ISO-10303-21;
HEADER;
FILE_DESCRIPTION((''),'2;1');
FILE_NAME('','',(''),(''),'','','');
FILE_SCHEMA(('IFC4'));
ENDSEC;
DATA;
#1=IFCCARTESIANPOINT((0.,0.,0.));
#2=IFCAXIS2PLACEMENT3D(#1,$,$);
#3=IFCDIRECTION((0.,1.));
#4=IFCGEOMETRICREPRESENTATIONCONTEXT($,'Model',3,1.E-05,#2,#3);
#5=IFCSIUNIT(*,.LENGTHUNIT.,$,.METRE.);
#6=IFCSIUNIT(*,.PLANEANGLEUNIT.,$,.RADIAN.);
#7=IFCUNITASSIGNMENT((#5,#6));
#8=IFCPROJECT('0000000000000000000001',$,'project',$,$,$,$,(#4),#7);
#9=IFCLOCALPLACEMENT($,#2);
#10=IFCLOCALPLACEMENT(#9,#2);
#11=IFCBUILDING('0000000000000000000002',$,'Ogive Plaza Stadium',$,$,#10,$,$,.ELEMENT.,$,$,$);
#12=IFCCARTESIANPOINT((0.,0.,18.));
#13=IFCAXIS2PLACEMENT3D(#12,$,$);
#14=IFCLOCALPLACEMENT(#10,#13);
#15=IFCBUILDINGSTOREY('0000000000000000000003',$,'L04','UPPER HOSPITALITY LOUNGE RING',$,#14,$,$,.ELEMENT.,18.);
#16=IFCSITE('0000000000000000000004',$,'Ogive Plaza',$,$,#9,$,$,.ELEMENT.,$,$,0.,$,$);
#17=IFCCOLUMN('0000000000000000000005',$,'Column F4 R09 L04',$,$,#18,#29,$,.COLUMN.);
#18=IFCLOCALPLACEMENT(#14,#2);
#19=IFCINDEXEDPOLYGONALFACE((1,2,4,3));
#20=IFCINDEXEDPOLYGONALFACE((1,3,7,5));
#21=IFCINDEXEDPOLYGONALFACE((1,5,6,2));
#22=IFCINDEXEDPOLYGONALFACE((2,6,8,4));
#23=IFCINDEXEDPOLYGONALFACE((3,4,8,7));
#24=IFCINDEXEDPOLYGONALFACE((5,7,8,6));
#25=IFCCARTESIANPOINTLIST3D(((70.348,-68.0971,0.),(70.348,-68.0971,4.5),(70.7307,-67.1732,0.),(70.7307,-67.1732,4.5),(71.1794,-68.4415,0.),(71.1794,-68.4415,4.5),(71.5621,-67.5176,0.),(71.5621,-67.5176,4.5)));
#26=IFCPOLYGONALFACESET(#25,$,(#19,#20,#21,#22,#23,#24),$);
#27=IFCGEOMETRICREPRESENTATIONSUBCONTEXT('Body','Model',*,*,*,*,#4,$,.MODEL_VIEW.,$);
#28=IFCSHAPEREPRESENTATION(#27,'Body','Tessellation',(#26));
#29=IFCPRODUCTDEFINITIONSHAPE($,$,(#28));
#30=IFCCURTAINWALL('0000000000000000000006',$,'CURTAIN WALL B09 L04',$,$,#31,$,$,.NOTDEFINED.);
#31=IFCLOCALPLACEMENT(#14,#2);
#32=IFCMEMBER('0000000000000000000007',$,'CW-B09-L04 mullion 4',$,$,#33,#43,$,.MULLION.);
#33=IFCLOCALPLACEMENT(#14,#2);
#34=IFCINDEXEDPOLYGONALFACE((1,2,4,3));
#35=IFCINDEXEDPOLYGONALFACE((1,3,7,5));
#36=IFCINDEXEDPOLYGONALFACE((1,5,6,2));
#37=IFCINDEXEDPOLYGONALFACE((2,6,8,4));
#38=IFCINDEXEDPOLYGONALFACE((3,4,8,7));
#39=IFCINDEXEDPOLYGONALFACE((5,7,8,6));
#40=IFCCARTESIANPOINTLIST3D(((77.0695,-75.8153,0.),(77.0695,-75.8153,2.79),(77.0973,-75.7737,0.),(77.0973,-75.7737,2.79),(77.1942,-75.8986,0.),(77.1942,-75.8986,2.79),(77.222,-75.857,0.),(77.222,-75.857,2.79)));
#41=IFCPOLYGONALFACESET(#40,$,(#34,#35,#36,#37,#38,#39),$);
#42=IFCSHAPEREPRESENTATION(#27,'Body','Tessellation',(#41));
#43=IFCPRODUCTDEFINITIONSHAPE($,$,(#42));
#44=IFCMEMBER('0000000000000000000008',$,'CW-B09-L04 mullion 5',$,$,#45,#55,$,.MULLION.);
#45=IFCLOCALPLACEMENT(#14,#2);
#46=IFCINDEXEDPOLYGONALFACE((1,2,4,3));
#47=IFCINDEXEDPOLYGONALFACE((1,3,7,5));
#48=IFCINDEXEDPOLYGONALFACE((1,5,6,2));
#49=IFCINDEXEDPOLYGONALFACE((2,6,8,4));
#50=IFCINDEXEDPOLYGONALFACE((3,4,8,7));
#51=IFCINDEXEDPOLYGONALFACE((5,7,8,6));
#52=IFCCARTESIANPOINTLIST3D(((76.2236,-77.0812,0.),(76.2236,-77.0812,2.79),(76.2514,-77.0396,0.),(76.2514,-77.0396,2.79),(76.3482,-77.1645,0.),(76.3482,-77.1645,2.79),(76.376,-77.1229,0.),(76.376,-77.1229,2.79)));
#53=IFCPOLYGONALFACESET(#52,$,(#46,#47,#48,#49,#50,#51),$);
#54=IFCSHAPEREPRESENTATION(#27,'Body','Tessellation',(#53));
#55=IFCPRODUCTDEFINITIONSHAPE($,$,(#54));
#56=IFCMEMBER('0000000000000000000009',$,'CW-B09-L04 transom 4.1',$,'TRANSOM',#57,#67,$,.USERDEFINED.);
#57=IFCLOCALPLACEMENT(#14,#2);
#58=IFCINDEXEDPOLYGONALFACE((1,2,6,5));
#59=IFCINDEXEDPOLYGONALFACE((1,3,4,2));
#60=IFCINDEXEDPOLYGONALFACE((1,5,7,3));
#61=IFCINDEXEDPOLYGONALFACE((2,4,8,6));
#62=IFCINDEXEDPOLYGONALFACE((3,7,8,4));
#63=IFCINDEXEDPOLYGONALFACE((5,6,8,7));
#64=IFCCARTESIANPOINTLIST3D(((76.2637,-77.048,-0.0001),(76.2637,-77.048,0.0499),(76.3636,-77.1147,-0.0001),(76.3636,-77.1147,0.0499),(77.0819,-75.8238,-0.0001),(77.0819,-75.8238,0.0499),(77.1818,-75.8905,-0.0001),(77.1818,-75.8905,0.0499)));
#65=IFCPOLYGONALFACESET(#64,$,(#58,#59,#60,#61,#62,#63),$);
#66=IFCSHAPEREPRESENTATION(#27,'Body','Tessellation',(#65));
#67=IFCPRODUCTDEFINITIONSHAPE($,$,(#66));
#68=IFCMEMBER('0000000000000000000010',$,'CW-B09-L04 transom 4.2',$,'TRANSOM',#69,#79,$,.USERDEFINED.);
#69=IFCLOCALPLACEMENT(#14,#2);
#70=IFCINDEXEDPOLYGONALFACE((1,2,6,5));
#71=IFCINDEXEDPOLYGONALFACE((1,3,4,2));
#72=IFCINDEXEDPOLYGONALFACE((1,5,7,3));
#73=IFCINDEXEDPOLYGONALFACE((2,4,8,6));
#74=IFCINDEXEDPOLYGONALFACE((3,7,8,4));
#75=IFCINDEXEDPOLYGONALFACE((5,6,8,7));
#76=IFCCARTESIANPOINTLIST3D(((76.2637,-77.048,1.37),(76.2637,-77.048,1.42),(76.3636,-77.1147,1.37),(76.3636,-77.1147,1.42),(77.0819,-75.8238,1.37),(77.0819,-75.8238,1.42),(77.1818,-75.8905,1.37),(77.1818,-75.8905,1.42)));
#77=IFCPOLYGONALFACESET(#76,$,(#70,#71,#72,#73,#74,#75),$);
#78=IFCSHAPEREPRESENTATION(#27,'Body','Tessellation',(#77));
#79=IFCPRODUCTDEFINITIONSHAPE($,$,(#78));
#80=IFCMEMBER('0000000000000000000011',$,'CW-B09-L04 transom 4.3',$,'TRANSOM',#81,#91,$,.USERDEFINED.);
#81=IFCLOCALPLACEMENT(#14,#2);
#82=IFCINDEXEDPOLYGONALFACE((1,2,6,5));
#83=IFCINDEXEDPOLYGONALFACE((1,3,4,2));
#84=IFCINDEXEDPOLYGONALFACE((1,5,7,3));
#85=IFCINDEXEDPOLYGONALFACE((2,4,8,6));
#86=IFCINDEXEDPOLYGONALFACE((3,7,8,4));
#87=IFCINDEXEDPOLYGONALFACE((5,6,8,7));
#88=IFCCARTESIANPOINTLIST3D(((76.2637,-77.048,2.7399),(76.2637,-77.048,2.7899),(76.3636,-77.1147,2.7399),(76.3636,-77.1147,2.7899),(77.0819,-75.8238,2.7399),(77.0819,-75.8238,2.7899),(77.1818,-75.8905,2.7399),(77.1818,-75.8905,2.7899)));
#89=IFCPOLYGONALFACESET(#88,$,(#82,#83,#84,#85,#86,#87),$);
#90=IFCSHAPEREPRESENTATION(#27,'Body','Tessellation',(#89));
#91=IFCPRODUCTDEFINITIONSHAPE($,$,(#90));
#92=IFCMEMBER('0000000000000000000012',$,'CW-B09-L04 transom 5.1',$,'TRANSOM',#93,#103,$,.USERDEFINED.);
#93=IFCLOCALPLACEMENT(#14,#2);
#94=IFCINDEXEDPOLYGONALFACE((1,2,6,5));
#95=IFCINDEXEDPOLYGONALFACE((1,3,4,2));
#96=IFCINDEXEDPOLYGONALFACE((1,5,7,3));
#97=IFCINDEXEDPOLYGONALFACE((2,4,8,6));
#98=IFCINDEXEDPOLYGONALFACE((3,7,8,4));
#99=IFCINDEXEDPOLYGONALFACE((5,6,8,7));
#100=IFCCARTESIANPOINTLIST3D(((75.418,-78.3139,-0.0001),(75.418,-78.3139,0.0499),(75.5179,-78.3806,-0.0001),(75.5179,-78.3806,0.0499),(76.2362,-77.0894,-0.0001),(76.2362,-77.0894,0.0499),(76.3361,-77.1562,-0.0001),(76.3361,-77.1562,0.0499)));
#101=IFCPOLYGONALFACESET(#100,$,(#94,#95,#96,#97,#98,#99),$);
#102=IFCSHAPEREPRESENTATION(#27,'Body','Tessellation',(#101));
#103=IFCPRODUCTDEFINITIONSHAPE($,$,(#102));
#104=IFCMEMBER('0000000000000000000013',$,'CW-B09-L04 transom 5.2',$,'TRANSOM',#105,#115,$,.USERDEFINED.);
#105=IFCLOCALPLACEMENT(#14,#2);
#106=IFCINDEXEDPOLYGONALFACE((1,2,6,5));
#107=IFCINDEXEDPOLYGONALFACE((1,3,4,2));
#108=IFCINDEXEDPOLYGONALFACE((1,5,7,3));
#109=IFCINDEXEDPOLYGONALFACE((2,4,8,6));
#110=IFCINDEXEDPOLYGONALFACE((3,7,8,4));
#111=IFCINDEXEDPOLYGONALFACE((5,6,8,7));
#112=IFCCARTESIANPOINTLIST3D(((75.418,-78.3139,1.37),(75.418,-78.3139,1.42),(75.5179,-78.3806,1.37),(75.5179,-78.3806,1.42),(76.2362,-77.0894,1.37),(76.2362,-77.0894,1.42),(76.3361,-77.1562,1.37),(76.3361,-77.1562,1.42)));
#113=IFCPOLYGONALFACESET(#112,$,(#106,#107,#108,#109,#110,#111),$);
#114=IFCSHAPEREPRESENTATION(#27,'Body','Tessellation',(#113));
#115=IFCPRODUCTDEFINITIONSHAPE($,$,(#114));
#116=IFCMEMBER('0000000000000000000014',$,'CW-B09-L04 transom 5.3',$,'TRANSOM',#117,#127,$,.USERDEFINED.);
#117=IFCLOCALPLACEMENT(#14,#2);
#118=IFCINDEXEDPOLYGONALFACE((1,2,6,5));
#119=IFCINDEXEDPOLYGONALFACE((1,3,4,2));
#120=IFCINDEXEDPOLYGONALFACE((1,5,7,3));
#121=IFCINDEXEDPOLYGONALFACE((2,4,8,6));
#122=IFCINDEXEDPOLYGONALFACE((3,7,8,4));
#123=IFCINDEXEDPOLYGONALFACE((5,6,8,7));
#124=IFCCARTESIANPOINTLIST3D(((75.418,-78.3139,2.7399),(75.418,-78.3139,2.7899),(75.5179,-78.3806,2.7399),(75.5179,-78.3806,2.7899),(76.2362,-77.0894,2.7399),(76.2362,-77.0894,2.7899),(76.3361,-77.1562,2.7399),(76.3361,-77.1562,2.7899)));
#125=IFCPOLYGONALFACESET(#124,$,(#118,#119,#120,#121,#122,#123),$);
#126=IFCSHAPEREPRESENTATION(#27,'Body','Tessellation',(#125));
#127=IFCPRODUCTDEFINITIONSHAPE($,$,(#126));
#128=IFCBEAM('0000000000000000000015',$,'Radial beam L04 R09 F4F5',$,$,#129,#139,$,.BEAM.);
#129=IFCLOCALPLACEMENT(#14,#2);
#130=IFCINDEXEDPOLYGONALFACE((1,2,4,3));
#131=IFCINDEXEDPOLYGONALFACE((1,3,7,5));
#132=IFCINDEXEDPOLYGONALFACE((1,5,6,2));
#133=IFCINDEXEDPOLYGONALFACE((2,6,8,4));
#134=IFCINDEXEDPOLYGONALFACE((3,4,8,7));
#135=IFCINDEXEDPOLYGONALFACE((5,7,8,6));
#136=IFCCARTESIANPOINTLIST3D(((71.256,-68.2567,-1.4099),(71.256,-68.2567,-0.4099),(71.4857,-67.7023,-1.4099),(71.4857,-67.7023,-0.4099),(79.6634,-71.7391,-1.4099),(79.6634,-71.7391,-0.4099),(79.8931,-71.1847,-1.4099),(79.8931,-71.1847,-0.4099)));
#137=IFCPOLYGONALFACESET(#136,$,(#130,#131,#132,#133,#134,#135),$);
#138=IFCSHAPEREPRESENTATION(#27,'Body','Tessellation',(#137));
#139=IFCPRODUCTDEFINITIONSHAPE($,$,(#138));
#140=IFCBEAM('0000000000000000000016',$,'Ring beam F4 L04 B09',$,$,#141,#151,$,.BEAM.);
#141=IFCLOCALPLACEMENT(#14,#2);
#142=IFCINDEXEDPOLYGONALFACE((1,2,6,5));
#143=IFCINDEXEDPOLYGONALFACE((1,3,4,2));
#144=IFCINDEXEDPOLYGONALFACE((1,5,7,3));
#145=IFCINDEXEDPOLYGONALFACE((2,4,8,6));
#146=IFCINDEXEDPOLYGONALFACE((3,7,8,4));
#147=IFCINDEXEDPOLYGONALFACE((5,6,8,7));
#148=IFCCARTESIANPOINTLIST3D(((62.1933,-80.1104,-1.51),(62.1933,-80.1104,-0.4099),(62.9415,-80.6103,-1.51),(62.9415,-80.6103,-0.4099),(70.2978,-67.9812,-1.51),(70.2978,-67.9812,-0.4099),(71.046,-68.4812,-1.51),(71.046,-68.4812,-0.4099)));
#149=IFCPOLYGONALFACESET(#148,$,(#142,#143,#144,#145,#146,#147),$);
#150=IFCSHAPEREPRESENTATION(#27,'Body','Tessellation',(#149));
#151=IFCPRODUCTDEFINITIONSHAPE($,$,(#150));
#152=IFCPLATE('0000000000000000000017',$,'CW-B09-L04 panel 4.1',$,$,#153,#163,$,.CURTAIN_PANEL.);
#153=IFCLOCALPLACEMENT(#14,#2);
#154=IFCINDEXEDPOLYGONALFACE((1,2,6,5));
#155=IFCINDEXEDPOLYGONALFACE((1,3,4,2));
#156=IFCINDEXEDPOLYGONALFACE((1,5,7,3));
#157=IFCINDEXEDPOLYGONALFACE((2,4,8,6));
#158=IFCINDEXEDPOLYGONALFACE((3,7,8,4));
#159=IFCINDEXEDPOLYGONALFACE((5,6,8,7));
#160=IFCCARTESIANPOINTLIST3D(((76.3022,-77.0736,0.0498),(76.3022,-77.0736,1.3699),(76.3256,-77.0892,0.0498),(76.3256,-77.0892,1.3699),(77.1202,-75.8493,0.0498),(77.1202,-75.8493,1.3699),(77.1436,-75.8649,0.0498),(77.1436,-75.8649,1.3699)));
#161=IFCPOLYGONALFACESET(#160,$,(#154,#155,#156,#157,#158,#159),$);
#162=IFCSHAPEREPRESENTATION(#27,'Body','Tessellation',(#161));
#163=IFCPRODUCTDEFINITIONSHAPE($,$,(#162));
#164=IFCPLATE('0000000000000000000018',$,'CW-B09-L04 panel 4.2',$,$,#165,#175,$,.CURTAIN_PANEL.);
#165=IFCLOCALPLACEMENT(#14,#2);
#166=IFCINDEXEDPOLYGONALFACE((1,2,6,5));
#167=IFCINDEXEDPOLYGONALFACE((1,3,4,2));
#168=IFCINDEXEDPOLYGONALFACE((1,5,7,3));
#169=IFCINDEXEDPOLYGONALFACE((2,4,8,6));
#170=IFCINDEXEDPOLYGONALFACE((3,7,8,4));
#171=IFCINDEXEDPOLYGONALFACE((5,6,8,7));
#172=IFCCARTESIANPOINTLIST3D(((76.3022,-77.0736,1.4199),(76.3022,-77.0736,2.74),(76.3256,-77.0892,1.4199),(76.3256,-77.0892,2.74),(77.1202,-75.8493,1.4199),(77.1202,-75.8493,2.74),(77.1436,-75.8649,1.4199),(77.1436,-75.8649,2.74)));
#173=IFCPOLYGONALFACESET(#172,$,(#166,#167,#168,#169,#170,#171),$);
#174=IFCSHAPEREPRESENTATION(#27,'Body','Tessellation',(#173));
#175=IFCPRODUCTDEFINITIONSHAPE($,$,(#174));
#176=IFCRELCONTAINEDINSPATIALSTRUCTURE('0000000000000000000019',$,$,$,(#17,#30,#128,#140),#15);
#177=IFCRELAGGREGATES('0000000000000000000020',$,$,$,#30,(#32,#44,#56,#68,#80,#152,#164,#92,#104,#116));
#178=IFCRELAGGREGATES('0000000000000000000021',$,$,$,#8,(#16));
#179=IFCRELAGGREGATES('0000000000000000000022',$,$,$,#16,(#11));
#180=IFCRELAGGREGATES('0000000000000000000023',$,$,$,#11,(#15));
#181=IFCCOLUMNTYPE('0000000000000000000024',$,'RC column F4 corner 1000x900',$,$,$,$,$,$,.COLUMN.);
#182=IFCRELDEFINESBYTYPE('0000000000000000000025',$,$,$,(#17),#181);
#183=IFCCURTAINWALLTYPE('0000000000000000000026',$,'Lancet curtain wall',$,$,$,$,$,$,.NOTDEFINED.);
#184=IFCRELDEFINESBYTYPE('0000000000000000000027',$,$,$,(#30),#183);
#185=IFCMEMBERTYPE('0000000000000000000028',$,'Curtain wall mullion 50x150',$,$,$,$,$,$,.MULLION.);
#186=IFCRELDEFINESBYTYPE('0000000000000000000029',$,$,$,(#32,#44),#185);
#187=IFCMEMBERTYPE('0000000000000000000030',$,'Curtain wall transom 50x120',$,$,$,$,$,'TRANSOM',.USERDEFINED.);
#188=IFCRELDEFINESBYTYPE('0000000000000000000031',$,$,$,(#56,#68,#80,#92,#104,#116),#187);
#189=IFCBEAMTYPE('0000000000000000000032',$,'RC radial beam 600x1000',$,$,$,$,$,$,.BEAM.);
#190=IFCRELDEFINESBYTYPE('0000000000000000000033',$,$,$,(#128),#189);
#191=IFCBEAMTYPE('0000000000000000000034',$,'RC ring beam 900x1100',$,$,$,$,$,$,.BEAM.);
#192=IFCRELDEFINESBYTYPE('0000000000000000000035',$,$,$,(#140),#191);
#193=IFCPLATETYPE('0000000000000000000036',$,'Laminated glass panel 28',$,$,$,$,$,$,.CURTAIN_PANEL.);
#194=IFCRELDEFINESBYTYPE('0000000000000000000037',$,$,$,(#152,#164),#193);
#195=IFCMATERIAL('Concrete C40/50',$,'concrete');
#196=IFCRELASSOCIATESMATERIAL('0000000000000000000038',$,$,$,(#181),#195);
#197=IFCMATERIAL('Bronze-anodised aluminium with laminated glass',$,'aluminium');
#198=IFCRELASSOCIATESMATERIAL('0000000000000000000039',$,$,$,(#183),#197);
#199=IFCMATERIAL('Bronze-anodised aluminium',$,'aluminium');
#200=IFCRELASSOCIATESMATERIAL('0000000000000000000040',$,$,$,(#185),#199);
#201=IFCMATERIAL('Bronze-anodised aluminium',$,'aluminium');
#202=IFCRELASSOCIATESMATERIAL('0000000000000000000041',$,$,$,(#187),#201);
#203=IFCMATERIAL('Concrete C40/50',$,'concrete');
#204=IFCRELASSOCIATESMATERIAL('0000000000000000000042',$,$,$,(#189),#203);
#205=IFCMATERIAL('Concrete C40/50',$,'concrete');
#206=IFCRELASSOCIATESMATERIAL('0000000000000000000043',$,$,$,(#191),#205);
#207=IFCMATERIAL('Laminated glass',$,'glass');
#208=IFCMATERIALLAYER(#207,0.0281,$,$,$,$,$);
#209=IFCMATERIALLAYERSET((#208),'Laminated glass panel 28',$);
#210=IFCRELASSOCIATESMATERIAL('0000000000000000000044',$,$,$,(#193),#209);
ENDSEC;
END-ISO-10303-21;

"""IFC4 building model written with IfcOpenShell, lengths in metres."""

from ifc_helpers import new_model, si_unit, direction, frame, origin, origin_2d, place, context, subcontext, project, spatial, rectangle, extrude, material, layer, layer_set, material_profile, profile_set, type_object, element, aggregate, save


model = new_model("IFC4")

# Units and contexts
model_context = context("Model", 3, precision=1e-05, world=origin(), true_north=direction((0.0, 1.0)))
body_context = subcontext(model_context, "Body", "Model", "MODEL_VIEW")
ifc_project = project(units=[si_unit("LENGTHUNIT", "METRE"), si_unit("PLANEANGLEUNIT", "RADIAN")], contexts=[model_context])

# Site, building, storey
site_placement = place(None, origin())
site = spatial("IfcSite", under=ifc_project, at=site_placement, Name="Ogive Plaza", CompositionType="ELEMENT", RefElevation=0.0)
building_placement = place(site_placement, origin())
building = spatial("IfcBuilding", under=site, at=building_placement, Name="Ogive Plaza Stadium", CompositionType="ELEMENT")
storey_placement = place(building_placement, frame((0.0, 0.0, 18.0)))
storey = spatial("IfcBuildingStorey", under=building, at=storey_placement, Name="L04", Description="UPPER HOSPITALITY LOUNGE RING", CompositionType="ELEMENT", Elevation=18.0)

# Column
ifc_material_1 = material(Name="Concrete C40/50", Category="concrete")
ifc_material_profile_1 = material_profile(ifc_material_1, rectangle(XDim=1.0, YDim=0.8999, at=origin_2d()), Name="RC 1000x900")
ifc_profile_set_1 = profile_set([ifc_material_profile_1], Name="Concrete C40/50")
column_type = type_object("IfcColumnType", Name="RC column F4 corner 1000x900", PredefinedType="COLUMN", material=ifc_profile_set_1)
column_placement = place(storey_placement, frame((70.9551, -67.8074, 0.0), z_axis=(0.0, 0.0, 1.0), x_axis=(0.382683, 0.92388, 0.0)))
element("IfcColumn", 1, at=column_placement, inside=storey, type_object=column_type, Name="Column F4 R09 L04", PredefinedType="COLUMN", context=body_context, shape_type="SweptSolid", body=[
    extrude(rectangle(XDim=1.0, YDim=0.8999, at=origin_2d()), origin(), (0.0, 0.0, 1.0), 4.5),
])

# Curtain wall, members
ifc_material_2 = material(Name="Bronze-anodised aluminium with laminated glass", Category="aluminium")
curtain_wall_type = type_object("IfcCurtainWallType", Name="Lancet curtain wall", PredefinedType="NOTDEFINED", material=ifc_material_2)
curtain_wall_placement = place(storey_placement, origin())
curtain_wall = element("IfcCurtainWall", 2, at=curtain_wall_placement, inside=storey, type_object=curtain_wall_type, Name="CURTAIN WALL B09 L04", PredefinedType="NOTDEFINED")
ifc_material_3 = material(Name="Bronze-anodised aluminium", Category="aluminium")
ifc_material_profile_2 = material_profile(ifc_material_3, rectangle(XDim=0.1499, YDim=0.05, at=origin_2d()), Name="AL 150x50")
ifc_profile_set_2 = profile_set([ifc_material_profile_2], Name="Bronze-anodised aluminium")
member_type_1 = type_object("IfcMemberType", Name="Curtain wall mullion 50x150", PredefinedType="MULLION", material=ifc_profile_set_2)
member_1_placement = place(storey_placement, frame((77.1458, -75.8362, 0.0), z_axis=(0.0, 0.0, 1.0), x_axis=(0.83147, -0.55557, 0.0)))
member_1 = element("IfcMember", 3, at=member_1_placement, type_object=member_type_1, Name="CW-B09-L04 mullion 4", PredefinedType="MULLION", context=body_context, shape_type="SweptSolid", body=[
    extrude(rectangle(XDim=0.1499, YDim=0.05, at=origin_2d()), origin(), (0.0, 0.0, 1.0), 2.79),
])
member_2_placement = place(storey_placement, frame((76.2998, -77.1021, 0.0), z_axis=(0.0, 0.0, 1.0), x_axis=(0.83147, -0.55557, 0.0)))
member_2 = element("IfcMember", 4, at=member_2_placement, type_object=member_type_1, Name="CW-B09-L04 mullion 5", PredefinedType="MULLION", context=body_context, shape_type="SweptSolid", body=[
    extrude(rectangle(XDim=0.1499, YDim=0.05, at=origin_2d()), origin(), (0.0, 0.0, 1.0), 2.79),
])
ifc_material_4 = material(Name="Bronze-anodised aluminium", Category="aluminium")
ifc_material_profile_3 = material_profile(ifc_material_4, rectangle(XDim=0.1201, YDim=0.05, at=origin_2d()), Name="AL 120x50")
ifc_profile_set_3 = profile_set([ifc_material_profile_3], Name="Bronze-anodised aluminium")
member_type_2 = type_object("IfcMemberType", Name="Curtain wall transom 50x120", ElementType="TRANSOM", PredefinedType="USERDEFINED", material=ifc_profile_set_3)
member_3_placement = place(storey_placement, frame((77.1318, -75.8572, 0.0249), z_axis=(-0.555656, -0.831412, 0.0), x_axis=(0.831412, -0.555656, 0.0)))
member_3 = element("IfcMember", 5, at=member_3_placement, type_object=member_type_2, Name="CW-B09-L04 transom 4.1", ObjectType="TRANSOM", PredefinedType="USERDEFINED", context=body_context, shape_type="SweptSolid", body=[
    extrude(rectangle(XDim=0.1201, YDim=0.05, at=origin_2d()), origin(), (0.0, 0.0, 1.0), 1.4724),
])
member_4_placement = place(storey_placement, frame((77.1318, -75.8572, 1.395), z_axis=(-0.555656, -0.831412, 0.0), x_axis=(0.831412, -0.555656, 0.0)))
member_4 = element("IfcMember", 6, at=member_4_placement, type_object=member_type_2, Name="CW-B09-L04 transom 4.2", ObjectType="TRANSOM", PredefinedType="USERDEFINED", context=body_context, shape_type="SweptSolid", body=[
    extrude(rectangle(XDim=0.1201, YDim=0.05, at=origin_2d()), origin(), (0.0, 0.0, 1.0), 1.4724),
])
member_5_placement = place(storey_placement, frame((77.1318, -75.8572, 2.7649), z_axis=(-0.555656, -0.831412, 0.0), x_axis=(0.831412, -0.555656, 0.0)))
member_5 = element("IfcMember", 7, at=member_5_placement, type_object=member_type_2, Name="CW-B09-L04 transom 4.3", ObjectType="TRANSOM", PredefinedType="USERDEFINED", context=body_context, shape_type="SweptSolid", body=[
    extrude(rectangle(XDim=0.1201, YDim=0.05, at=origin_2d()), origin(), (0.0, 0.0, 1.0), 1.4724),
])
member_6_placement = place(storey_placement, frame((76.2861, -77.1228, 0.0249), z_axis=(-0.55558, -0.831463, 0.0), x_axis=(0.831463, -0.55558, 0.0)))
member_6 = element("IfcMember", 8, at=member_6_placement, type_object=member_type_2, Name="CW-B09-L04 transom 5.1", ObjectType="TRANSOM", PredefinedType="USERDEFINED", context=body_context, shape_type="SweptSolid", body=[
    extrude(rectangle(XDim=0.1201, YDim=0.05, at=origin_2d()), origin(), (0.0, 0.0, 1.0), 1.4727),
])
member_7_placement = place(storey_placement, frame((76.2861, -77.1228, 1.395), z_axis=(-0.55558, -0.831463, 0.0), x_axis=(0.831463, -0.55558, 0.0)))
member_7 = element("IfcMember", 9, at=member_7_placement, type_object=member_type_2, Name="CW-B09-L04 transom 5.2", ObjectType="TRANSOM", PredefinedType="USERDEFINED", context=body_context, shape_type="SweptSolid", body=[
    extrude(rectangle(XDim=0.1201, YDim=0.05, at=origin_2d()), origin(), (0.0, 0.0, 1.0), 1.4727),
])
member_8_placement = place(storey_placement, frame((76.2861, -77.1228, 2.7649), z_axis=(-0.55558, -0.831463, 0.0), x_axis=(0.831463, -0.55558, 0.0)))
member_8 = element("IfcMember", 10, at=member_8_placement, type_object=member_type_2, Name="CW-B09-L04 transom 5.3", ObjectType="TRANSOM", PredefinedType="USERDEFINED", context=body_context, shape_type="SweptSolid", body=[
    extrude(rectangle(XDim=0.1201, YDim=0.05, at=origin_2d()), origin(), (0.0, 0.0, 1.0), 1.4727),
])

# Beams
ifc_material_5 = material(Name="Concrete C40/50", Category="concrete")
ifc_material_profile_4 = material_profile(ifc_material_5, rectangle(XDim=0.6001, YDim=1.0, at=origin_2d()), Name="RC 600x1000")
ifc_profile_set_4 = profile_set([ifc_material_profile_4], Name="Concrete C40/50")
beam_type_1 = type_object("IfcBeamType", Name="RC radial beam 600x1000", PredefinedType="BEAM", material=ifc_profile_set_4)
beam_1_placement = place(storey_placement, frame((71.3708, -67.9795, -0.9099), z_axis=(0.923882, -0.382677, 0.0), x_axis=(0.382677, 0.923882, 0.0)))
element("IfcBeam", 11, at=beam_1_placement, inside=storey, type_object=beam_type_1, Name="Radial beam L04 R09 F4F5", PredefinedType="BEAM", context=body_context, shape_type="SweptSolid", body=[
    extrude(rectangle(XDim=0.6001, YDim=1.0, at=origin_2d()), origin(), (0.0, 0.0, 1.0), 9.1001),
])
ifc_material_6 = material(Name="Concrete C40/50", Category="concrete")
ifc_material_profile_5 = material_profile(ifc_material_6, rectangle(XDim=0.8999, YDim=1.1001, at=origin_2d()), Name="RC 900x1100")
ifc_profile_set_5 = profile_set([ifc_material_profile_5], Name="Concrete C40/50")
beam_type_2 = type_object("IfcBeamType", Name="RC ring beam 900x1100", PredefinedType="BEAM", material=ifc_profile_set_5)
beam_2_placement = place(storey_placement, frame((70.6719, -68.2312, -0.96), z_axis=(-0.555573, -0.831468, 0.0), x_axis=(0.831468, -0.555573, 0.0)))
element("IfcBeam", 12, at=beam_2_placement, inside=storey, type_object=beam_type_2, Name="Ring beam F4 L04 B09", PredefinedType="BEAM", context=body_context, shape_type="SweptSolid", body=[
    extrude(rectangle(XDim=0.8999, YDim=1.1001, at=origin_2d()), origin(), (0.0, 0.0, 1.0), 14.5876),
])

# Plates
ifc_material_7 = material(Name="Laminated glass", Category="glass")
ifc_layer_1 = layer(ifc_material_7, 0.0281)
ifc_layer_set_1 = layer_set([ifc_layer_1], Name="Laminated glass panel 28")
plate_type = type_object("IfcPlateType", Name="Laminated glass panel 28", PredefinedType="CURTAIN_PANEL", material=ifc_layer_set_1)
plate_1_placement = place(storey_placement, frame((76.7229, -76.4692, 0.0498), z_axis=(0.0, 0.0, 1.0), x_axis=(-0.55557, -0.83147, 0.0)))
plate_1 = element("IfcPlate", 13, at=plate_1_placement, type_object=plate_type, Name="CW-B09-L04 panel 4.1", PredefinedType="CURTAIN_PANEL", context=body_context, shape_type="SweptSolid", body=[
    extrude(rectangle(XDim=1.4724, YDim=0.0281, at=origin_2d()), origin(), (0.0, 0.0, 1.0), 1.3201),
])
plate_2_placement = place(storey_placement, frame((76.7229, -76.4692, 1.4199), z_axis=(0.0, 0.0, 1.0), x_axis=(-0.55557, -0.83147, 0.0)))
plate_2 = element("IfcPlate", 14, at=plate_2_placement, type_object=plate_type, Name="CW-B09-L04 panel 4.2", PredefinedType="CURTAIN_PANEL", context=body_context, shape_type="SweptSolid", body=[
    extrude(rectangle(XDim=1.4724, YDim=0.0281, at=origin_2d()), origin(), (0.0, 0.0, 1.0), 1.3201),
])
aggregate(curtain_wall, [member_1, member_2, member_3, member_4, member_5, plate_1, plate_2, member_6, member_7, member_8])

save(model, "model.ifc")
